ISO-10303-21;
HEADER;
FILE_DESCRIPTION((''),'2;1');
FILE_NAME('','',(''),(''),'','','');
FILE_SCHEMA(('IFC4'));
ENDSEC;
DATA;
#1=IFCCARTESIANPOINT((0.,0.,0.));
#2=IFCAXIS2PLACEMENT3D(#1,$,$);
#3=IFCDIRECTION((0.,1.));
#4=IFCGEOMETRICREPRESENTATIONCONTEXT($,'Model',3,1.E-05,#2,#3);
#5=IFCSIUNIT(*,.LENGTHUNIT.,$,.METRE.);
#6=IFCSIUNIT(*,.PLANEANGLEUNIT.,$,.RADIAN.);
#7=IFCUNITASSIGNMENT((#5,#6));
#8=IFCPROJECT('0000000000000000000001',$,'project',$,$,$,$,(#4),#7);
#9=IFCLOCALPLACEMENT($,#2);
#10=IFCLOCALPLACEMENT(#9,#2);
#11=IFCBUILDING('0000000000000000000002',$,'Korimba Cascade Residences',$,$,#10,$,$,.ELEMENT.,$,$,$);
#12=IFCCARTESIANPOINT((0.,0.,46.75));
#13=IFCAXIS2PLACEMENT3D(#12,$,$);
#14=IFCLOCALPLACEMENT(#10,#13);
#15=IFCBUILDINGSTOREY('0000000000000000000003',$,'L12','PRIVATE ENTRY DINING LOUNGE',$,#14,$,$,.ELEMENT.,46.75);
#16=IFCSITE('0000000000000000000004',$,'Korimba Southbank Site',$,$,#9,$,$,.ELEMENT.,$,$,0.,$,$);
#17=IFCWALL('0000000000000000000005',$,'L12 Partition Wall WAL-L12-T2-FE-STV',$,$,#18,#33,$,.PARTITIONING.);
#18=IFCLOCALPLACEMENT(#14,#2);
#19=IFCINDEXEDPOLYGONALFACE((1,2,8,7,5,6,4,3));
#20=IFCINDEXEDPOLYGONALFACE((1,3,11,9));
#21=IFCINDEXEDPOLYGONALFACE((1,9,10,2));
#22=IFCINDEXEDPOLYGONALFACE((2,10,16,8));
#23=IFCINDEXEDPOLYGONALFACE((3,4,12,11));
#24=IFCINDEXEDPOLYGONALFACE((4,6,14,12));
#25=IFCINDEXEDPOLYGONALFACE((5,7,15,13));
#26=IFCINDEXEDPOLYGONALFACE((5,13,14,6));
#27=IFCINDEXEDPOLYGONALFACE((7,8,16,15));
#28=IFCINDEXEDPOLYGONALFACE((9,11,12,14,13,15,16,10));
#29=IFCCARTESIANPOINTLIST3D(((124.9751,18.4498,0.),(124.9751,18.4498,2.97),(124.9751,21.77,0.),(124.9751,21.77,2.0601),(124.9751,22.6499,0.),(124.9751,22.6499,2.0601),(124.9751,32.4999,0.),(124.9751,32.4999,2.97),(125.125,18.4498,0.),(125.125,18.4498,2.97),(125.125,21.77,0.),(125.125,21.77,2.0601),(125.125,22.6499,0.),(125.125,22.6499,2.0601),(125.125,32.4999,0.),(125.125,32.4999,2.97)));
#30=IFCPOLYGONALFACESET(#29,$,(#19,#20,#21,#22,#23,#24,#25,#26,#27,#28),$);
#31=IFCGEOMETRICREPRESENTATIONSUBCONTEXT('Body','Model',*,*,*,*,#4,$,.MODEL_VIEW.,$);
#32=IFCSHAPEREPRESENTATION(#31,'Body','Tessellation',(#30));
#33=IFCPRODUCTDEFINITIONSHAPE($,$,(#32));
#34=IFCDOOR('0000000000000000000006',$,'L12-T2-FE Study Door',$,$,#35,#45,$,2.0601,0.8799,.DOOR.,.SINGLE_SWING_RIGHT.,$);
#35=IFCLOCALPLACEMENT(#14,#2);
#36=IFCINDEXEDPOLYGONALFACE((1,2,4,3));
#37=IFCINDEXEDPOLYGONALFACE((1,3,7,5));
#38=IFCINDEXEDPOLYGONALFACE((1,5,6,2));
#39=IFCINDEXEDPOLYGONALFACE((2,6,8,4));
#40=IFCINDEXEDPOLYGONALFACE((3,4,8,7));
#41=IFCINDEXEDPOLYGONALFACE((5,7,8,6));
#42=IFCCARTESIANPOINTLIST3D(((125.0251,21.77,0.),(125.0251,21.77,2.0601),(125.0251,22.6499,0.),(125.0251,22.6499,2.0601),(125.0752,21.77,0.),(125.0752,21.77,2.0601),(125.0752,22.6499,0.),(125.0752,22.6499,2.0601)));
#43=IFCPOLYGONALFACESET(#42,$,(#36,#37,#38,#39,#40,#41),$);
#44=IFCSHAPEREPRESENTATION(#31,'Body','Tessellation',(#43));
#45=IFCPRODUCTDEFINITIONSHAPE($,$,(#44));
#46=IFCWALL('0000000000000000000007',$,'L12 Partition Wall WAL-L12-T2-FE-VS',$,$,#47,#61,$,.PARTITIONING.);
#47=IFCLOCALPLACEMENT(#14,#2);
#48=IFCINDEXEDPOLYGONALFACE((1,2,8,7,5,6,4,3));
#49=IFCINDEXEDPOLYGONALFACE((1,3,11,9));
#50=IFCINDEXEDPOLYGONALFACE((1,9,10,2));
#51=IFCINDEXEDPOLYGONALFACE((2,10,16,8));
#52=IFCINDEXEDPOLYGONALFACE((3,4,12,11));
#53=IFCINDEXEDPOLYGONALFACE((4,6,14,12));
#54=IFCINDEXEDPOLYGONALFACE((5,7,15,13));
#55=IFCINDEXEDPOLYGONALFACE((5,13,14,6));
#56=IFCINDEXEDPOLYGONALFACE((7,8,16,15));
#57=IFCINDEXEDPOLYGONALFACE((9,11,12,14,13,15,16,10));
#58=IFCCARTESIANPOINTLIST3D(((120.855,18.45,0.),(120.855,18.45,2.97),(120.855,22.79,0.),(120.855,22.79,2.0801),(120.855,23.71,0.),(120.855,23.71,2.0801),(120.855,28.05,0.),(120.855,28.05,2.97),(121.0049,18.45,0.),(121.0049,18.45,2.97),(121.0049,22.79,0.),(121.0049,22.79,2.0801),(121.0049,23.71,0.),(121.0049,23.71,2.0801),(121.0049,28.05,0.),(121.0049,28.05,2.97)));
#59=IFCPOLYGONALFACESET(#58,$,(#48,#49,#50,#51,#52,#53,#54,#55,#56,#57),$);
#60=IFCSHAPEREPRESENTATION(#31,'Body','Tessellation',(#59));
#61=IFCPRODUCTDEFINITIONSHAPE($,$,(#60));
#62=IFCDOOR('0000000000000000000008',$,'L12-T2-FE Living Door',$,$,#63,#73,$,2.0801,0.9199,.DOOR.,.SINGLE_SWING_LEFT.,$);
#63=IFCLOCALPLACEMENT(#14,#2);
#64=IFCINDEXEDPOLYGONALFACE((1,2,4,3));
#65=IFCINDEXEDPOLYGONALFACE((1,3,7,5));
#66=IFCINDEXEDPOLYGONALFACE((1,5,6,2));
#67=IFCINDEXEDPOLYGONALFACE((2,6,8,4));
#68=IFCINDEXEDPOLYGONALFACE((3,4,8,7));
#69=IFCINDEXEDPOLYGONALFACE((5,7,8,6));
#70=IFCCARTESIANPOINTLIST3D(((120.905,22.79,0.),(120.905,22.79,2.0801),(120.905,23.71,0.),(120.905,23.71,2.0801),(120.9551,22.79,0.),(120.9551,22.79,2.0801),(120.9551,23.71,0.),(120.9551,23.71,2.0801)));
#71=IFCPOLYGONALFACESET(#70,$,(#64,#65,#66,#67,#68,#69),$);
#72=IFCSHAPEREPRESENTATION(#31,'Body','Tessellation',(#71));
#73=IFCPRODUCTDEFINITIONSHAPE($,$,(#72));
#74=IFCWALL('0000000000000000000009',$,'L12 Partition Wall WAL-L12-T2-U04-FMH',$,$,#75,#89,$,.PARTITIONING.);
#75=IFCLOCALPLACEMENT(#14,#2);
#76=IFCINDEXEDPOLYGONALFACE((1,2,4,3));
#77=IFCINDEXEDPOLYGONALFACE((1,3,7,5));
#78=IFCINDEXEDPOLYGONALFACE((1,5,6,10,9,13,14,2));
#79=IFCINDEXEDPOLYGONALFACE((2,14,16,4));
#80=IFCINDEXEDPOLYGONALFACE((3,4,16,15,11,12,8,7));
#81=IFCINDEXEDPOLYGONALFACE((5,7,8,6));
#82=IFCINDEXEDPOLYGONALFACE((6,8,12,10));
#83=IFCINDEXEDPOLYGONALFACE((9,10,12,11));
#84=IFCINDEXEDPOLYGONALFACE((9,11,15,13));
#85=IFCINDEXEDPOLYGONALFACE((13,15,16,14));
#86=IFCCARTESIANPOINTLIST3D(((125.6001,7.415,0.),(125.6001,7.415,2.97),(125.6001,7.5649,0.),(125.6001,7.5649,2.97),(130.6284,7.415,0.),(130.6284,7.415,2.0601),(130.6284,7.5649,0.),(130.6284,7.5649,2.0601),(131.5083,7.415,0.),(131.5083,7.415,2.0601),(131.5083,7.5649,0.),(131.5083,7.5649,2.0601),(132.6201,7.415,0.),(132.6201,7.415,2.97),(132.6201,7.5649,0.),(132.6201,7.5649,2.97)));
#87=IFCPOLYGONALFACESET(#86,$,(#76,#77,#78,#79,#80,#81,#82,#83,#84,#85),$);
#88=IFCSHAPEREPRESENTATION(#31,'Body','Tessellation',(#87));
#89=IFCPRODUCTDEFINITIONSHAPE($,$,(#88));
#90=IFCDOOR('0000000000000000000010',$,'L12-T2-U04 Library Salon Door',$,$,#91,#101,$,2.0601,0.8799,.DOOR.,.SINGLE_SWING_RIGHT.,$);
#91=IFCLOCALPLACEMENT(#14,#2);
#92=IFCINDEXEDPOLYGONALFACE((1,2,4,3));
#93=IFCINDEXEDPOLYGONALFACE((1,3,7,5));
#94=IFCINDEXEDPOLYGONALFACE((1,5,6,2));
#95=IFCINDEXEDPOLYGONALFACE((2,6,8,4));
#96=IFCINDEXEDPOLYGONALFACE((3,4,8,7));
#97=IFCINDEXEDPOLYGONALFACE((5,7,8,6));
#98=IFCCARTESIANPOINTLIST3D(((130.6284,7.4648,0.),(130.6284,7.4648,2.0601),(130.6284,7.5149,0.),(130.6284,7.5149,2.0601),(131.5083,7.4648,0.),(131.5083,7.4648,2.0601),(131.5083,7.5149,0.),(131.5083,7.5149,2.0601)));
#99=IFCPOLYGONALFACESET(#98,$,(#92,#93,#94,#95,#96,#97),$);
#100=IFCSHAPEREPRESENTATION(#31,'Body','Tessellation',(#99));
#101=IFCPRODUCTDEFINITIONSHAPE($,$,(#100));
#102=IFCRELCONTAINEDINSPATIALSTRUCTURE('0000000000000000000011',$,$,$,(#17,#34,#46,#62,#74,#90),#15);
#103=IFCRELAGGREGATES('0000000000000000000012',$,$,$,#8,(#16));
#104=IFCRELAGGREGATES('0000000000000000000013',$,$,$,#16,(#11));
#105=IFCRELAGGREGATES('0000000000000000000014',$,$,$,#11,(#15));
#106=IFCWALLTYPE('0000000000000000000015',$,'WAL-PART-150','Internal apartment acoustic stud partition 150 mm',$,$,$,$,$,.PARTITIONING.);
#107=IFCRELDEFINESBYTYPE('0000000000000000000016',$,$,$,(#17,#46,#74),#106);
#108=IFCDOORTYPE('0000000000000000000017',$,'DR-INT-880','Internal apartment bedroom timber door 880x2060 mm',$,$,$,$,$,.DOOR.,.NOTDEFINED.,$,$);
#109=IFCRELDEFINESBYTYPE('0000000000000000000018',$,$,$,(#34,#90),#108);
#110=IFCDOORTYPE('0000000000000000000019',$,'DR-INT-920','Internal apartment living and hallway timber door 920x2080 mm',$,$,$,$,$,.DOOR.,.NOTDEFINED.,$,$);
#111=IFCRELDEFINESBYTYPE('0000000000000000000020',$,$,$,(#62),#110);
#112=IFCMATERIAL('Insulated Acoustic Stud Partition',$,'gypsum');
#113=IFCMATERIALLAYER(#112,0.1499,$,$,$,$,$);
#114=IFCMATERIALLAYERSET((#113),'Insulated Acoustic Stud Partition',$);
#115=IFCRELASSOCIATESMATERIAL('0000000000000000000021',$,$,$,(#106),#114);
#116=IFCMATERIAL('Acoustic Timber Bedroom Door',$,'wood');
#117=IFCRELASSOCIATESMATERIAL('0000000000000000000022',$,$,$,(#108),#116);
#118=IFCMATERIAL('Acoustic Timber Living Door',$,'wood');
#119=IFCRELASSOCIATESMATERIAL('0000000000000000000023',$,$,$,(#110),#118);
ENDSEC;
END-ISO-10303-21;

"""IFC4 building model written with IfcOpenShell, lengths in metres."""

from ifc_helpers import new_model, si_unit, direction, frame, frame_2d, origin, place, context, subcontext, project, spatial, rectangle, extrude, material, layer, layer_set, type_object, element, fill, save


model = new_model("IFC4")

# Units and contexts
model_context = context("Model", 3, precision=1e-05, world=origin(), true_north=direction((0.0, 1.0)))
body_context = subcontext(model_context, "Body", "Model", "MODEL_VIEW")
ifc_project = project(units=[si_unit("LENGTHUNIT", "METRE"), si_unit("PLANEANGLEUNIT", "RADIAN")], contexts=[model_context])

# Site, building, storey
site_placement = place(None, origin())
site = spatial("IfcSite", under=ifc_project, at=site_placement, Name="Korimba Southbank Site", CompositionType="ELEMENT", RefElevation=0.0)
building_placement = place(site_placement, origin())
building = spatial("IfcBuilding", under=site, at=building_placement, Name="Korimba Cascade Residences", CompositionType="ELEMENT")
storey_placement = place(building_placement, frame((0.0, 0.0, 46.75)))
storey = spatial("IfcBuildingStorey", under=building, at=storey_placement, Name="L12", Description="PRIVATE ENTRY DINING LOUNGE", CompositionType="ELEMENT", Elevation=46.75)

# Walls, openings, doors
ifc_material_1 = material(Name="Insulated Acoustic Stud Partition", Category="gypsum")
ifc_layer_1 = layer(ifc_material_1, 0.1499)
ifc_layer_set_1 = layer_set([ifc_layer_1], Name="Insulated Acoustic Stud Partition")
wall_type_1 = type_object("IfcWallType", Name="WAL-PART-150", Description="Internal apartment acoustic stud partition 150 mm", PredefinedType="PARTITIONING", material=ifc_layer_set_1)
wall_1_placement = place(storey_placement, frame((125.05, 18.45, 0.0), z_axis=(0.0, 0.0, 1.0), x_axis=(0.0, 1.0, 0.0)))
wall_1 = element("IfcWall", 1, at=wall_1_placement, inside=storey, type_object=wall_type_1, Name="L12 Partition Wall WAL-L12-T2-FE-STV", PredefinedType="PARTITIONING", context=body_context, shape_type="SweptSolid", body=[
    extrude(rectangle(XDim=14.05, YDim=0.1499, at=frame_2d((7.0249, 0.0))), origin(), (0.0, 0.0, 1.0), 2.97),
])
opening_1_placement = place(wall_1_placement, frame((3.3201, 0.0, 0.0)))
opening_1 = element("IfcOpeningElement", 2, at=opening_1_placement, cuts=wall_1, PredefinedType="OPENING", context=body_context, shape_type="SweptSolid", body=[
    extrude(rectangle(XDim=0.8799, YDim=2.0601, at=frame_2d((0.4399, 1.03))), frame((0.0, 0.085, 0.0), z_axis=(0.0, -1.0, 0.0), x_axis=(1.0, 0.0, 0.0)), (0.0, 0.0, 1.0), 0.1699),
])
ifc_material_2 = material(Name="Acoustic Timber Bedroom Door", Category="wood")
door_type_1 = type_object("IfcDoorType", Name="DR-INT-880", Description="Internal apartment bedroom timber door 880x2060 mm", OperationType="NOTDEFINED", PredefinedType="DOOR", material=ifc_material_2)
door_1_placement = place(opening_1_placement, origin())
door_1 = element("IfcDoor", 3, at=door_1_placement, inside=storey, type_object=door_type_1, Name="L12-T2-FE Study Door", OperationType="SINGLE_SWING_RIGHT", OverallHeight=2.0601, OverallWidth=0.8799, PredefinedType="DOOR", context=body_context, shape_type="SweptSolid", body=[
    extrude(rectangle(XDim=0.8799, YDim=2.0601, at=frame_2d((0.4399, 1.03))), frame((0.0, 0.0249, 0.0), z_axis=(0.0, -1.0, 0.0), x_axis=(1.0, 0.0, 0.0)), (0.0, 0.0, 1.0), 0.05),
])
fill(opening_1, door_1)
wall_2_placement = place(storey_placement, frame((120.9299, 18.45, 0.0), z_axis=(0.0, 0.0, 1.0), x_axis=(0.0, 1.0, 0.0)))
wall_2 = element("IfcWall", 4, at=wall_2_placement, inside=storey, type_object=wall_type_1, Name="L12 Partition Wall WAL-L12-T2-FE-VS", PredefinedType="PARTITIONING", context=body_context, shape_type="SweptSolid", body=[
    extrude(rectangle(XDim=9.6001, YDim=0.1499, at=frame_2d((4.8, 0.0))), origin(), (0.0, 0.0, 1.0), 2.97),
])
opening_2_placement = place(wall_2_placement, frame((4.3401, 0.0, 0.0)))
opening_2 = element("IfcOpeningElement", 5, at=opening_2_placement, cuts=wall_2, PredefinedType="OPENING", context=body_context, shape_type="SweptSolid", body=[
    extrude(rectangle(XDim=0.9199, YDim=2.0801, at=frame_2d((0.46, 1.04))), frame((0.0, 0.085, 0.0), z_axis=(0.0, -1.0, 0.0), x_axis=(1.0, 0.0, 0.0)), (0.0, 0.0, 1.0), 0.1699),
])
ifc_material_3 = material(Name="Acoustic Timber Living Door", Category="wood")
door_type_2 = type_object("IfcDoorType", Name="DR-INT-920", Description="Internal apartment living and hallway timber door 920x2080 mm", OperationType="NOTDEFINED", PredefinedType="DOOR", material=ifc_material_3)
door_2_placement = place(opening_2_placement, origin())
door_2 = element("IfcDoor", 6, at=door_2_placement, inside=storey, type_object=door_type_2, Name="L12-T2-FE Living Door", OperationType="SINGLE_SWING_LEFT", OverallHeight=2.0801, OverallWidth=0.9199, PredefinedType="DOOR", context=body_context, shape_type="SweptSolid", body=[
    extrude(rectangle(XDim=0.9199, YDim=2.0801, at=frame_2d((0.46, 1.04))), frame((0.0, 0.0249, 0.0), z_axis=(0.0, -1.0, 0.0), x_axis=(1.0, 0.0, 0.0)), (0.0, 0.0, 1.0), 0.05),
])
fill(opening_2, door_2)
wall_3_placement = place(storey_placement, frame((125.6001, 7.49, 0.0), z_axis=(0.0, 0.0, 1.0), x_axis=(1.0, 0.0, 0.0)))
wall_3 = element("IfcWall", 7, at=wall_3_placement, inside=storey, type_object=wall_type_1, Name="L12 Partition Wall WAL-L12-T2-U04-FMH", PredefinedType="PARTITIONING", context=body_context, shape_type="SweptSolid", body=[
    extrude(rectangle(XDim=7.02, YDim=0.1499, at=frame_2d((3.51, 0.0))), origin(), (0.0, 0.0, 1.0), 2.97),
])
opening_3_placement = place(wall_3_placement, frame((5.0283, 0.0, 0.0)))
opening_3 = element("IfcOpeningElement", 8, at=opening_3_placement, cuts=wall_3, PredefinedType="OPENING", context=body_context, shape_type="SweptSolid", body=[
    extrude(rectangle(XDim=0.8799, YDim=2.0601, at=frame_2d((0.4399, 1.03))), frame((0.0, 0.085, 0.0), z_axis=(0.0, -1.0, 0.0), x_axis=(1.0, 0.0, 0.0)), (0.0, 0.0, 1.0), 0.1699),
])
door_3_placement = place(opening_3_placement, origin())
door_3 = element("IfcDoor", 9, at=door_3_placement, inside=storey, type_object=door_type_1, Name="L12-T2-U04 Library Salon Door", OperationType="SINGLE_SWING_RIGHT", OverallHeight=2.0601, OverallWidth=0.8799, PredefinedType="DOOR", context=body_context, shape_type="SweptSolid", body=[
    extrude(rectangle(XDim=0.8799, YDim=2.0601, at=frame_2d((0.4399, 1.03))), frame((0.0, 0.0249, 0.0), z_axis=(0.0, -1.0, 0.0), x_axis=(1.0, 0.0, 0.0)), (0.0, 0.0, 1.0), 0.05),
])
fill(opening_3, door_3)

save(model, "model.ifc")
